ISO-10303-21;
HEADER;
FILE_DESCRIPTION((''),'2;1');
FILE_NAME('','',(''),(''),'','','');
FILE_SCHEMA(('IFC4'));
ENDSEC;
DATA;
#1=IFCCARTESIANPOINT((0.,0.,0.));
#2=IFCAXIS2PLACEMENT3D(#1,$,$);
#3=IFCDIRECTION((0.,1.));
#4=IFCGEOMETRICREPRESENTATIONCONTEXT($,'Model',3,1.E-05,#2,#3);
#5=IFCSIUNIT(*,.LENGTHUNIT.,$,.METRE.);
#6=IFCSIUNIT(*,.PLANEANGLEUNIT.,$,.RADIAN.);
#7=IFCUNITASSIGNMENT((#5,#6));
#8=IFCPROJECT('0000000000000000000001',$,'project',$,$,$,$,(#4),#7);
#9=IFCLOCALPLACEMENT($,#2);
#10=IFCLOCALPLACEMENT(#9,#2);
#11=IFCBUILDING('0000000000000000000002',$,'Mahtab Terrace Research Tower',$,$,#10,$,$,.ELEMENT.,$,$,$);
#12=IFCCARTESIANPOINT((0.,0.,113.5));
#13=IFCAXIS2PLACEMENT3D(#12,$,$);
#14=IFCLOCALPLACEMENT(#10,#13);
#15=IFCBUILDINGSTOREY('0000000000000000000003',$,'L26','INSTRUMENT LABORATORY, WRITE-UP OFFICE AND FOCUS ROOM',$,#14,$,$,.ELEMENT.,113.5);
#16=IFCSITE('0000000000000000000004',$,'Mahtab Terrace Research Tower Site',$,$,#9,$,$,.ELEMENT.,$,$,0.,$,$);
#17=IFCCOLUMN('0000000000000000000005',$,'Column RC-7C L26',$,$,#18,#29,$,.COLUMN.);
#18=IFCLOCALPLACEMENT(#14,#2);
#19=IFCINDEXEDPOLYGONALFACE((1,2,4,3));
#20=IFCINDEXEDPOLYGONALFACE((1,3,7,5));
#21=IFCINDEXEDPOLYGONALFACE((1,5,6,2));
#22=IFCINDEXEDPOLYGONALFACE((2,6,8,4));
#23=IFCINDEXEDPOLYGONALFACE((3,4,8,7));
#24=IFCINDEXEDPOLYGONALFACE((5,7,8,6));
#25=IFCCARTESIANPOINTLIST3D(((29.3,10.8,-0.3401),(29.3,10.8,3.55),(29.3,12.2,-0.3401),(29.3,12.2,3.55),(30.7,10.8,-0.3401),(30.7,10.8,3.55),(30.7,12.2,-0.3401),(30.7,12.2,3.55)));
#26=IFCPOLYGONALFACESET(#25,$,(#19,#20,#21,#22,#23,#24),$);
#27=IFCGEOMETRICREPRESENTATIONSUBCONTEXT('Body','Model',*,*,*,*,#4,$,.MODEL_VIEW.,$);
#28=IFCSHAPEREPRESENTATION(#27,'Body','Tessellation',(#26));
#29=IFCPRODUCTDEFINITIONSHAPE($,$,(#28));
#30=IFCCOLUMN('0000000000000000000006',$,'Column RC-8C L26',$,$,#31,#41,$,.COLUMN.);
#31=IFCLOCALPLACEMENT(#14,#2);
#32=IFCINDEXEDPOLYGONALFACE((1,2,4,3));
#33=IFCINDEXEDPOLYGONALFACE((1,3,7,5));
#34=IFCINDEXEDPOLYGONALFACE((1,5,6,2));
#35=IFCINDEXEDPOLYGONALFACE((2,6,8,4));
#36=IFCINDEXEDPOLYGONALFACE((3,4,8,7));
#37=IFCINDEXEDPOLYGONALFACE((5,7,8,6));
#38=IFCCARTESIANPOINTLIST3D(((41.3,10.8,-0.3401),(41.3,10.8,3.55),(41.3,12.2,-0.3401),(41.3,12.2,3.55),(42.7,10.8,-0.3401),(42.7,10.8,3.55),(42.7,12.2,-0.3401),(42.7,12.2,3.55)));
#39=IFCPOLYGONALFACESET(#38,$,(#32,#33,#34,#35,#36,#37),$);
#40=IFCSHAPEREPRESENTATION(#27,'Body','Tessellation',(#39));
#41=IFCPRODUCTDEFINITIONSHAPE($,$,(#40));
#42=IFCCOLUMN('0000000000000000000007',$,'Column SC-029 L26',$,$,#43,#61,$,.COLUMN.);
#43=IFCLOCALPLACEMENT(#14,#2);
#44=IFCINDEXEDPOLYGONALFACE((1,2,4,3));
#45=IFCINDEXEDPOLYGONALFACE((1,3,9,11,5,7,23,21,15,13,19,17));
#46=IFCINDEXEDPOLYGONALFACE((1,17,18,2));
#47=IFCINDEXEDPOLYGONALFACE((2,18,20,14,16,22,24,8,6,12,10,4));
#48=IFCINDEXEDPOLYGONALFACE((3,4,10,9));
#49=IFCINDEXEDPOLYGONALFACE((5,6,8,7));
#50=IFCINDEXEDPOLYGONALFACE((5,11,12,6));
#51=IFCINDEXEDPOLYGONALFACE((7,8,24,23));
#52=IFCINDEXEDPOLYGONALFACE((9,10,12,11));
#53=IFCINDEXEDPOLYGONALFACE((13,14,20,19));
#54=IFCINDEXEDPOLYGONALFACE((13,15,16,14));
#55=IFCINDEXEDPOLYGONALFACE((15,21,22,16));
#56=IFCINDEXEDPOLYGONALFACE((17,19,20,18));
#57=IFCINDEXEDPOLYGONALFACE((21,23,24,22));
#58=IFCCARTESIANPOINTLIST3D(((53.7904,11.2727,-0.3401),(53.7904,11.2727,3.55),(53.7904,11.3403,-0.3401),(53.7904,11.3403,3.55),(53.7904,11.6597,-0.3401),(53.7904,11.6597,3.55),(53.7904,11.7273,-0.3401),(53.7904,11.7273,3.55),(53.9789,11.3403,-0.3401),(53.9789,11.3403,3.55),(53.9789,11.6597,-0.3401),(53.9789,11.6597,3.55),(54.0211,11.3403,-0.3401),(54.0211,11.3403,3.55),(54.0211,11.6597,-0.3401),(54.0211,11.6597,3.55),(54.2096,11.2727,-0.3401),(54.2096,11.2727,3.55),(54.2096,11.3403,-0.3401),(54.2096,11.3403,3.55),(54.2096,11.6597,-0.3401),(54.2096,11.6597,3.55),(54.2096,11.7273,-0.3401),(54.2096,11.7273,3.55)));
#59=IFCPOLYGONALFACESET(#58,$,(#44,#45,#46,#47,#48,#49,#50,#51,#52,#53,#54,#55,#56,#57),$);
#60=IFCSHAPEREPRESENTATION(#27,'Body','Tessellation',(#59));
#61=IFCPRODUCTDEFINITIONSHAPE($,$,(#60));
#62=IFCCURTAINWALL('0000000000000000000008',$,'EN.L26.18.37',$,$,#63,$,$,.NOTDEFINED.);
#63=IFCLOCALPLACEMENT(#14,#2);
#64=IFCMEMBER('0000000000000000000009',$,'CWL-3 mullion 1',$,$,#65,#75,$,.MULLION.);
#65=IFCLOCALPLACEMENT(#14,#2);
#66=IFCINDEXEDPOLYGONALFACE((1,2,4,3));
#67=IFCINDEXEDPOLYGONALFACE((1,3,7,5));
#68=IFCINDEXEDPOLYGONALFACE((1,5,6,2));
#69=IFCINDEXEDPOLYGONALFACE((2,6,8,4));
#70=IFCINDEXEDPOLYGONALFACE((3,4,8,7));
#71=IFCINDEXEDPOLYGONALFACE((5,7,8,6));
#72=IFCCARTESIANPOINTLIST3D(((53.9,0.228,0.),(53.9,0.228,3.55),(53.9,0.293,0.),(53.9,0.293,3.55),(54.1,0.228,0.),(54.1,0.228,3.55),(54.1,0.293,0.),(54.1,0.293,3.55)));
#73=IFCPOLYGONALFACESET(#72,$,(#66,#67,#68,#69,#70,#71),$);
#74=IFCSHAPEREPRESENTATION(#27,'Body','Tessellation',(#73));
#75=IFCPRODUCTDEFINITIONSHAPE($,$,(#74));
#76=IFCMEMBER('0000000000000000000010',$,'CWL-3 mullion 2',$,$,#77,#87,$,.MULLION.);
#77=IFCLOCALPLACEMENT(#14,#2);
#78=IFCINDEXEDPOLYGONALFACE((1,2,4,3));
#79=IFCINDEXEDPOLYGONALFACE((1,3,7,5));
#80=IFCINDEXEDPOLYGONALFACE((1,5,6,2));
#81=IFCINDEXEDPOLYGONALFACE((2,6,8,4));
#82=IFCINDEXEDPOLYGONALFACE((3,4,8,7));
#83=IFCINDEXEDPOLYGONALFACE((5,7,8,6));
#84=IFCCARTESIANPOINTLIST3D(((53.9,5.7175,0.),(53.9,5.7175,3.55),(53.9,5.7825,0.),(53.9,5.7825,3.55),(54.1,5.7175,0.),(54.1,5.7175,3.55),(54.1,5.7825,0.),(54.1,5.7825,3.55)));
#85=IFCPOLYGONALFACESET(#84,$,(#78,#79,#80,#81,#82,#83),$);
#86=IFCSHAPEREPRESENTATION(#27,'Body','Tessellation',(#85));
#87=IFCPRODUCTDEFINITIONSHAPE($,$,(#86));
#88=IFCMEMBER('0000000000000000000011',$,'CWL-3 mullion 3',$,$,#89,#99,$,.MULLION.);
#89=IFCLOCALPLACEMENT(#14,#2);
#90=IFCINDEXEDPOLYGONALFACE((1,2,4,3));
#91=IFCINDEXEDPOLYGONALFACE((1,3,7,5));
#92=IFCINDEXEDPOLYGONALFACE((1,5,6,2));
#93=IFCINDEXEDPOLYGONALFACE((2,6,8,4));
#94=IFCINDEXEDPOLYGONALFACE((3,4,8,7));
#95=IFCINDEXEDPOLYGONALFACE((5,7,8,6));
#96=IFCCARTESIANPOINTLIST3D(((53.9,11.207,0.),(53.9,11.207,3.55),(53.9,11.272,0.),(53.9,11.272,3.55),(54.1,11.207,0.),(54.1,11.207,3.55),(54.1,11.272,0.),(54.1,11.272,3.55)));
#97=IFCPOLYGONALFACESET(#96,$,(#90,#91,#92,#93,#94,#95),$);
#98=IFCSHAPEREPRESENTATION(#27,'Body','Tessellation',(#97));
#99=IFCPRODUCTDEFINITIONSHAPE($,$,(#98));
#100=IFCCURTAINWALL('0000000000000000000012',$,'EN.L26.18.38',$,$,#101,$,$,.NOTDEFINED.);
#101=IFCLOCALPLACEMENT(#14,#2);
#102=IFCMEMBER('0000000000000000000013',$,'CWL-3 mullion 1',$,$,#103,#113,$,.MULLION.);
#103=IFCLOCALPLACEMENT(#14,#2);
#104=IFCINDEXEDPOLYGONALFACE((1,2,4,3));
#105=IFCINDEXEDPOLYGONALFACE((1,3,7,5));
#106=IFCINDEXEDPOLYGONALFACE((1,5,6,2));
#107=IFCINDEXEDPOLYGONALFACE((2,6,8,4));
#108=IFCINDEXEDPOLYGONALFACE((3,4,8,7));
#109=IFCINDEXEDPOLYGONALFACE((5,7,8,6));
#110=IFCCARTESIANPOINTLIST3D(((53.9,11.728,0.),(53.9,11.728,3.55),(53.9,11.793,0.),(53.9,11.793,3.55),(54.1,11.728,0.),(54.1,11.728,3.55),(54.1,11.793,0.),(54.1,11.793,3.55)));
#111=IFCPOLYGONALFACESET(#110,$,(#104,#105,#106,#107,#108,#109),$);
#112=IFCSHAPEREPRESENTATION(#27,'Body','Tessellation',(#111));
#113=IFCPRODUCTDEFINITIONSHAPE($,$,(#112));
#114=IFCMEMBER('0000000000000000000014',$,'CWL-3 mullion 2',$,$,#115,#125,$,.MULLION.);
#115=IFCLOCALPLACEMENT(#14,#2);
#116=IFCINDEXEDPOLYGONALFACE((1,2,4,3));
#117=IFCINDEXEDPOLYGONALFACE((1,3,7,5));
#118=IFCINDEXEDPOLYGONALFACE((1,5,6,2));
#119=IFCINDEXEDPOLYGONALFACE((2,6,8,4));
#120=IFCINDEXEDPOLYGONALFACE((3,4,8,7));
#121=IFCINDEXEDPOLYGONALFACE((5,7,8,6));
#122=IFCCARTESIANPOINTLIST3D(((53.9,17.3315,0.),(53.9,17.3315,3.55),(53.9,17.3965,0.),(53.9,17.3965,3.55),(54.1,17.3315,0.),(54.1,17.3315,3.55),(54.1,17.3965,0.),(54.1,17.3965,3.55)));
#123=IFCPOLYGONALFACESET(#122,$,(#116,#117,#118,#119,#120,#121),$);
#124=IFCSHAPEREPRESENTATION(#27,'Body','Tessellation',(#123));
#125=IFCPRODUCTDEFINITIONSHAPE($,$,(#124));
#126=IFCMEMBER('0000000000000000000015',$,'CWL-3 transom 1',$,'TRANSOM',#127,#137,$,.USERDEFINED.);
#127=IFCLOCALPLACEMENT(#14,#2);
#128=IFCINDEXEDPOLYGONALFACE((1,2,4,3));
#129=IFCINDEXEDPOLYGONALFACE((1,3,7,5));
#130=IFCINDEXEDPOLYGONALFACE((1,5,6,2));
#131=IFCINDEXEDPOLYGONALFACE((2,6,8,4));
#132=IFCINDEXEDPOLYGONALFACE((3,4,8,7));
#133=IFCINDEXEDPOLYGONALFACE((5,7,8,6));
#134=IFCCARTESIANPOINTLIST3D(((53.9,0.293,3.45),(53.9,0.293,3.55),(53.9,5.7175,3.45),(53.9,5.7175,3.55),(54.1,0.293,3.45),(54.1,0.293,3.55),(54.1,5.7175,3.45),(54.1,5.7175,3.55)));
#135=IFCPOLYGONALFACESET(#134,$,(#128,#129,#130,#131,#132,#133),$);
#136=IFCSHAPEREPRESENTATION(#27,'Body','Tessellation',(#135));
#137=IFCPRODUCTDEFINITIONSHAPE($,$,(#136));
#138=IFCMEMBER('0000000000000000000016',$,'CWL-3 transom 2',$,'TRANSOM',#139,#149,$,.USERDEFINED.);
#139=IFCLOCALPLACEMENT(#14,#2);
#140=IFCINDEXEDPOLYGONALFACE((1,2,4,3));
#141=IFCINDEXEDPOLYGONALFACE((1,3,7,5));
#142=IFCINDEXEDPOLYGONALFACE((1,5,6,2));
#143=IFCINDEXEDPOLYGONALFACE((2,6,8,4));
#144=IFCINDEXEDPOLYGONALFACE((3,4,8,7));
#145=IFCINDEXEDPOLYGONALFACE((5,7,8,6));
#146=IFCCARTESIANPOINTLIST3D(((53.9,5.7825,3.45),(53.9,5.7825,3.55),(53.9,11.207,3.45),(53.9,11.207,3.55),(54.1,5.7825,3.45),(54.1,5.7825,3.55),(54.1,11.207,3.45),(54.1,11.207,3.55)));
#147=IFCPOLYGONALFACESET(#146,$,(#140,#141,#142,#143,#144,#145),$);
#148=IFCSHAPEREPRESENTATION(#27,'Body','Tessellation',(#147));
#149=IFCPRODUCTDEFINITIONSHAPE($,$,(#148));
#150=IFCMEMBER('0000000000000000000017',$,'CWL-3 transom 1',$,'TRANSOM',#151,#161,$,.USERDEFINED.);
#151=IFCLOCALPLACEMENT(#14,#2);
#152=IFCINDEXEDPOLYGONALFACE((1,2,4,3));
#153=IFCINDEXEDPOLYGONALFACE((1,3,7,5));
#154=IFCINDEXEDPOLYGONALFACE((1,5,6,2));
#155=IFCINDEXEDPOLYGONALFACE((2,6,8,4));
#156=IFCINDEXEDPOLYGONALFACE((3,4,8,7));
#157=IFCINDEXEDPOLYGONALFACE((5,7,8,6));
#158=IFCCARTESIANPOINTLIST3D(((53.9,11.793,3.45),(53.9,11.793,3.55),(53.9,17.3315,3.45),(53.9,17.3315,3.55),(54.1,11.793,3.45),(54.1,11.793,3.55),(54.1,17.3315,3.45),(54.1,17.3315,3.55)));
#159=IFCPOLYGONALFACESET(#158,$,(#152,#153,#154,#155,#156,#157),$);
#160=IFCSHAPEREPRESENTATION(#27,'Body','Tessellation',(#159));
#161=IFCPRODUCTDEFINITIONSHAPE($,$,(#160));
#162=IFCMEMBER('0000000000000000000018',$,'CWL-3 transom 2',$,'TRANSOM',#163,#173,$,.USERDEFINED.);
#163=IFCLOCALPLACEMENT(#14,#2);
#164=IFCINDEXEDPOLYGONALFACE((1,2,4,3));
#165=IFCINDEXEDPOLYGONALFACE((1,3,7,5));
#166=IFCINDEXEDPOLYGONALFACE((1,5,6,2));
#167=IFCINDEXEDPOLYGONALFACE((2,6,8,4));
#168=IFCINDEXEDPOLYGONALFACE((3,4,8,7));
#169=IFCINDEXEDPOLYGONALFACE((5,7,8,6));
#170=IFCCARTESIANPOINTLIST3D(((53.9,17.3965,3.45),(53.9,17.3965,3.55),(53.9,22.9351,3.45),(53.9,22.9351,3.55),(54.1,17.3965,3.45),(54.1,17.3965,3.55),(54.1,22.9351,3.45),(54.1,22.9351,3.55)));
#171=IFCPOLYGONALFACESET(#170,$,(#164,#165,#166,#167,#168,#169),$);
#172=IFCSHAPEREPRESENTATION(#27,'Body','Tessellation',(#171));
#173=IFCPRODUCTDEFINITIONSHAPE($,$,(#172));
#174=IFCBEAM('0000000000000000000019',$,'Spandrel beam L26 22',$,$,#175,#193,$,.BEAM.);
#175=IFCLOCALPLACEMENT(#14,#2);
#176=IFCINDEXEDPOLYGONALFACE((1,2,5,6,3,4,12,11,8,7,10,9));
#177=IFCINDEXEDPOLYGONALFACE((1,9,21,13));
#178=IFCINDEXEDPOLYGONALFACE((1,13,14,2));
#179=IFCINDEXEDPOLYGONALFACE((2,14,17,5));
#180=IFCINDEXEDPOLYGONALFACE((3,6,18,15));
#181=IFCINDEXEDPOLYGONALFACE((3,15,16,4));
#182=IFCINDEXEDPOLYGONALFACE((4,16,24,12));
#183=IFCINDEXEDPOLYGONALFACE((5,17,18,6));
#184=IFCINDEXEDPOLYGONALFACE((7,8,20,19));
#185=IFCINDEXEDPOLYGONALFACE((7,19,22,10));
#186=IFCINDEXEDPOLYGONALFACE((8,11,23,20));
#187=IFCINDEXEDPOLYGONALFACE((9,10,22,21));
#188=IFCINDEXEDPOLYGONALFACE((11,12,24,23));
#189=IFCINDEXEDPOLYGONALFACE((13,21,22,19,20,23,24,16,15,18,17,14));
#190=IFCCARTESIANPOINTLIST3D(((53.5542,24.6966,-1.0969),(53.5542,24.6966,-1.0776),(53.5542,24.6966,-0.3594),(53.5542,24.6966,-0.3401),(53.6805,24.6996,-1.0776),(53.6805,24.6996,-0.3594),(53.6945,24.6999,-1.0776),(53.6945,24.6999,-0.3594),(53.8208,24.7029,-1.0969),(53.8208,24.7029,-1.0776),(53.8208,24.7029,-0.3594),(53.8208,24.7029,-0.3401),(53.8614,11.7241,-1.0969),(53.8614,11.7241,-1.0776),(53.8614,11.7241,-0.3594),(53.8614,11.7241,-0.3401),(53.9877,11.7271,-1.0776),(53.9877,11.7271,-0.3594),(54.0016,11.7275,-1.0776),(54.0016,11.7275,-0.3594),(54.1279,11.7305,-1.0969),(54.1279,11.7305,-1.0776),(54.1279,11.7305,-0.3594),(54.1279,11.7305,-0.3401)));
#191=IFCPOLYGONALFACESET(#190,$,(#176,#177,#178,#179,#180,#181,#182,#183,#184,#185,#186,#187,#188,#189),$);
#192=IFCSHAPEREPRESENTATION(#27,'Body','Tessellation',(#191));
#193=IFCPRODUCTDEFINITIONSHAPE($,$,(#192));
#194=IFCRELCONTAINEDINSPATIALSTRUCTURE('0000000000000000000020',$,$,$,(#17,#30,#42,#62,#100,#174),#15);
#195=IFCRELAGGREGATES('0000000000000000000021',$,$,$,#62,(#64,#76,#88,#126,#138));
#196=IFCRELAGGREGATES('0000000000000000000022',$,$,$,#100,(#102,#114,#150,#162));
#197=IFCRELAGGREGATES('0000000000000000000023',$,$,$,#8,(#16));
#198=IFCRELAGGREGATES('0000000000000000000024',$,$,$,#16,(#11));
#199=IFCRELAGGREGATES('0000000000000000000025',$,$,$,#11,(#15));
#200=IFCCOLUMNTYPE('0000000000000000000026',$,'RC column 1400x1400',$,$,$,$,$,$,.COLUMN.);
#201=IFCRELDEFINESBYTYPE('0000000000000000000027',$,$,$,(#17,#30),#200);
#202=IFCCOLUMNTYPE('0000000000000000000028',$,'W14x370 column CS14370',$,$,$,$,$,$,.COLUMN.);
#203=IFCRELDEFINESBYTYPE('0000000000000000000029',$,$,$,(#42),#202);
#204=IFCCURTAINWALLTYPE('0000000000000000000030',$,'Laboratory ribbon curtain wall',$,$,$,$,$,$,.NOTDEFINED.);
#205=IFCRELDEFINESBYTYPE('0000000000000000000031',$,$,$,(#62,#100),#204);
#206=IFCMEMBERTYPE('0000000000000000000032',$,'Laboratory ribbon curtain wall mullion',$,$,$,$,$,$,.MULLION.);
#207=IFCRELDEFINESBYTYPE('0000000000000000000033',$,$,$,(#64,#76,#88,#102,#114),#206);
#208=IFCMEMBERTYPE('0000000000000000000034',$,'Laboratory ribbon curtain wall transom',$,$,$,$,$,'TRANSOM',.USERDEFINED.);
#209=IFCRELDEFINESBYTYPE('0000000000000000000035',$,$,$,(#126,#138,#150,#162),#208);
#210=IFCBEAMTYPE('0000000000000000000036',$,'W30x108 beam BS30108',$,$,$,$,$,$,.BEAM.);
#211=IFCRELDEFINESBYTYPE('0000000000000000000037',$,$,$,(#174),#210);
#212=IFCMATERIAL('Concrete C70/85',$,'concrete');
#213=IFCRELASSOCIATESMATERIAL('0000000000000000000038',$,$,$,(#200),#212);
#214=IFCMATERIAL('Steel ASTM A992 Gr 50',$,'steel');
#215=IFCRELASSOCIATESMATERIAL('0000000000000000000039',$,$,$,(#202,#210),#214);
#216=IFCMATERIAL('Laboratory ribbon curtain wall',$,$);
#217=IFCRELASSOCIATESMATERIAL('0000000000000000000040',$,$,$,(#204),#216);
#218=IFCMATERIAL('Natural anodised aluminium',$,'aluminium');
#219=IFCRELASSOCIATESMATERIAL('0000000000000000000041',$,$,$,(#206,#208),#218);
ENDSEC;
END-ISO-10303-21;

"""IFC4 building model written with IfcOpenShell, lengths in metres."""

from ifc_helpers import new_model, si_unit, direction, frame, origin, origin_2d, place, context, subcontext, project, spatial, rectangle, i_section, extrude, material, material_profile, profile_set, type_object, element, aggregate, save


model = new_model("IFC4")

# Units and contexts
model_context = context("Model", 3, precision=1e-05, world=origin(), true_north=direction((0.0, 1.0)))
body_context = subcontext(model_context, "Body", "Model", "MODEL_VIEW")
ifc_project = project(units=[si_unit("LENGTHUNIT", "METRE"), si_unit("PLANEANGLEUNIT", "RADIAN")], contexts=[model_context])

# Site, building, storey
site_placement = place(None, origin())
site = spatial("IfcSite", under=ifc_project, at=site_placement, Name="Mahtab Terrace Research Tower Site", CompositionType="ELEMENT", RefElevation=0.0)
building_placement = place(site_placement, origin())
building = spatial("IfcBuilding", under=site, at=building_placement, Name="Mahtab Terrace Research Tower", CompositionType="ELEMENT")
storey_placement = place(building_placement, frame((0.0, 0.0, 113.5)))
storey = spatial("IfcBuildingStorey", under=building, at=storey_placement, Name="L26", Description="INSTRUMENT LABORATORY, WRITE-UP OFFICE AND FOCUS ROOM", CompositionType="ELEMENT", Elevation=113.5)

# Columns
ifc_material_1 = material(Name="Concrete C70/85", Category="concrete")
ifc_material_profile_1 = material_profile(ifc_material_1, rectangle(XDim=1.3999, YDim=1.3999, at=origin_2d()), Name="RC column 1400x1400")
ifc_profile_set_1 = profile_set([ifc_material_profile_1], Name="Concrete C70/85")
column_type_1 = type_object("IfcColumnType", Name="RC column 1400x1400", PredefinedType="COLUMN", material=ifc_profile_set_1)
for number, where, z_axis, x_axis, name in (
    (1, (30.0, 11.5, -0.3401), (0.0, 0.0, 1.0), (1.0, 0.0, 0.0), "Column RC-7C L26"),
    (2, (42.0, 11.5, -0.3401), (0.0, 0.0, 1.0), (1.0, 0.0, 0.0), "Column RC-8C L26"),
):
    element("IfcColumn", number, at=place(storey_placement, frame(where, z_axis=z_axis, x_axis=x_axis)), inside=storey, type_object=column_type_1, Name=name, PredefinedType="COLUMN", context=body_context, shape_type="SweptSolid", body=[
        extrude(rectangle(XDim=1.3999, YDim=1.3999, at=origin_2d()), origin(), (0.0, 0.0, 1.0), 3.8901),
    ])
ifc_material_2 = material(Name="Steel ASTM A992 Gr 50", Category="steel")
ifc_material_profile_2 = material_profile(ifc_material_2, i_section(OverallWidth=0.4192, OverallDepth=0.4546, WebThickness=0.0422, FlangeThickness=0.0676, at=origin_2d()), Name="W14X370")
ifc_profile_set_2 = profile_set([ifc_material_profile_2], Name="Steel ASTM A992 Gr 50")
column_type_2 = type_object("IfcColumnType", Name="W14x370 column CS14370", PredefinedType="COLUMN", material=ifc_profile_set_2)
column_placement = place(storey_placement, frame((54.0, 11.5, -0.3401), z_axis=(0.0, 0.0, 1.0), x_axis=(1.0, 0.0, 0.0)))
element("IfcColumn", 3, at=column_placement, inside=storey, type_object=column_type_2, Name="Column SC-029 L26", PredefinedType="COLUMN", context=body_context, shape_type="SweptSolid", body=[
    extrude(i_section(OverallWidth=0.4192, OverallDepth=0.4546, WebThickness=0.0422, FlangeThickness=0.0676, at=origin_2d()), origin(), (0.0, 0.0, 1.0), 3.8901),
])

# Curtain walls, members
ifc_material_3 = material(Name="Laboratory ribbon curtain wall")
curtain_wall_type = type_object("IfcCurtainWallType", Name="Laboratory ribbon curtain wall", PredefinedType="NOTDEFINED", material=ifc_material_3)
curtain_wall_1_placement = place(storey_placement, origin())
curtain_wall_1 = element("IfcCurtainWall", 4, at=curtain_wall_1_placement, inside=storey, type_object=curtain_wall_type, Name="EN.L26.18.37", PredefinedType="NOTDEFINED")
ifc_material_4 = material(Name="Natural anodised aluminium", Category="aluminium")
ifc_material_profile_3 = material_profile(ifc_material_4, rectangle(XDim=0.2, YDim=0.0649, at=origin_2d()), Name="MULLION 65x200")
ifc_profile_set_3 = profile_set([ifc_material_profile_3], Name="Natural anodised aluminium")
member_type_1 = type_object("IfcMemberType", Name="Laboratory ribbon curtain wall mullion", PredefinedType="MULLION", material=ifc_profile_set_3)
member_1_placement = place(storey_placement, frame((54.0, 0.2605, 0.0), z_axis=(0.0, 0.0, 1.0), x_axis=(-1.0, 0.0, 0.0)))
member_1 = element("IfcMember", 5, at=member_1_placement, type_object=member_type_1, Name="CWL-3 mullion 1", PredefinedType="MULLION", context=body_context, shape_type="SweptSolid", body=[
    extrude(rectangle(XDim=0.2, YDim=0.0649, at=origin_2d()), origin(), (0.0, 0.0, 1.0), 3.55),
])
member_2_placement = place(storey_placement, frame((54.0, 5.75, 0.0), z_axis=(0.0, 0.0, 1.0), x_axis=(-1.0, 0.0, 0.0)))
member_2 = element("IfcMember", 6, at=member_2_placement, type_object=member_type_1, Name="CWL-3 mullion 2", PredefinedType="MULLION", context=body_context, shape_type="SweptSolid", body=[
    extrude(rectangle(XDim=0.2, YDim=0.0649, at=origin_2d()), origin(), (0.0, 0.0, 1.0), 3.55),
])
member_3_placement = place(storey_placement, frame((54.0, 11.2395, 0.0), z_axis=(0.0, 0.0, 1.0), x_axis=(-1.0, 0.0, 0.0)))
member_3 = element("IfcMember", 7, at=member_3_placement, type_object=member_type_1, Name="CWL-3 mullion 3", PredefinedType="MULLION", context=body_context, shape_type="SweptSolid", body=[
    extrude(rectangle(XDim=0.2, YDim=0.0649, at=origin_2d()), origin(), (0.0, 0.0, 1.0), 3.55),
])
curtain_wall_2_placement = place(storey_placement, origin())
curtain_wall_2 = element("IfcCurtainWall", 8, at=curtain_wall_2_placement, inside=storey, type_object=curtain_wall_type, Name="EN.L26.18.38", PredefinedType="NOTDEFINED")
member_4_placement = place(storey_placement, frame((54.0, 11.7605, 0.0), z_axis=(0.0, 0.0, 1.0), x_axis=(-1.0, 0.0, 0.0)))
member_4 = element("IfcMember", 9, at=member_4_placement, type_object=member_type_1, Name="CWL-3 mullion 1", PredefinedType="MULLION", context=body_context, shape_type="SweptSolid", body=[
    extrude(rectangle(XDim=0.2, YDim=0.0649, at=origin_2d()), origin(), (0.0, 0.0, 1.0), 3.55),
])
member_5_placement = place(storey_placement, frame((54.0, 17.364, 0.0), z_axis=(0.0, 0.0, 1.0), x_axis=(-1.0, 0.0, 0.0)))
member_5 = element("IfcMember", 10, at=member_5_placement, type_object=member_type_1, Name="CWL-3 mullion 2", PredefinedType="MULLION", context=body_context, shape_type="SweptSolid", body=[
    extrude(rectangle(XDim=0.2, YDim=0.0649, at=origin_2d()), origin(), (0.0, 0.0, 1.0), 3.55),
])

# Members
ifc_material_profile_4 = material_profile(ifc_material_4, rectangle(XDim=0.2, YDim=0.1001, at=origin_2d()), Name="TRANSOM 100x200")
ifc_profile_set_4 = profile_set([ifc_material_profile_4], Name="Natural anodised aluminium")
member_type_2 = type_object("IfcMemberType", Name="Laboratory ribbon curtain wall transom", ElementType="TRANSOM", PredefinedType="USERDEFINED", material=ifc_profile_set_4)
member_6_placement = place(storey_placement, frame((54.0, 0.293, 3.5), z_axis=(0.0, 1.0, 0.0), x_axis=(-1.0, 0.0, 0.0)))
member_6 = element("IfcMember", 11, at=member_6_placement, type_object=member_type_2, Name="CWL-3 transom 1", ObjectType="TRANSOM", PredefinedType="USERDEFINED", context=body_context, shape_type="SweptSolid", body=[
    extrude(rectangle(XDim=0.2, YDim=0.1001, at=origin_2d()), origin(), (0.0, 0.0, 1.0), 5.4246),
])
member_7_placement = place(storey_placement, frame((54.0, 5.7825, 3.5), z_axis=(0.0, 1.0, 0.0), x_axis=(-1.0, 0.0, 0.0)))
member_7 = element("IfcMember", 12, at=member_7_placement, type_object=member_type_2, Name="CWL-3 transom 2", ObjectType="TRANSOM", PredefinedType="USERDEFINED", context=body_context, shape_type="SweptSolid", body=[
    extrude(rectangle(XDim=0.2, YDim=0.1001, at=origin_2d()), origin(), (0.0, 0.0, 1.0), 5.4246),
])
member_8_placement = place(storey_placement, frame((54.0, 11.793, 3.5), z_axis=(0.0, 1.0, 0.0), x_axis=(-1.0, 0.0, 0.0)))
member_8 = element("IfcMember", 13, at=member_8_placement, type_object=member_type_2, Name="CWL-3 transom 1", ObjectType="TRANSOM", PredefinedType="USERDEFINED", context=body_context, shape_type="SweptSolid", body=[
    extrude(rectangle(XDim=0.2, YDim=0.1001, at=origin_2d()), origin(), (0.0, 0.0, 1.0), 5.5386),
])
member_9_placement = place(storey_placement, frame((54.0, 17.3965, 3.5), z_axis=(0.0, 1.0, 0.0), x_axis=(-1.0, 0.0, 0.0)))
member_9 = element("IfcMember", 14, at=member_9_placement, type_object=member_type_2, Name="CWL-3 transom 2", ObjectType="TRANSOM", PredefinedType="USERDEFINED", context=body_context, shape_type="SweptSolid", body=[
    extrude(rectangle(XDim=0.2, YDim=0.1001, at=origin_2d()), origin(), (0.0, 0.0, 1.0), 5.5386),
])

# Beam
ifc_material_profile_5 = material_profile(ifc_material_2, i_section(OverallWidth=0.2666, OverallDepth=0.7568, WebThickness=0.0139, FlangeThickness=0.0193, at=origin_2d()), Name="W30X108")
ifc_profile_set_5 = profile_set([ifc_material_profile_5], Name="Steel ASTM A992 Gr 50")
beam_type = type_object("IfcBeamType", Name="W30x108 beam BS30108", PredefinedType="BEAM", material=ifc_profile_set_5)
beam_placement = place(storey_placement, frame((53.9946, 11.7273, -0.7185), z_axis=(-0.023669, 0.99972, 0.0), x_axis=(-0.99972, -0.023669, 0.0)))
element("IfcBeam", 15, at=beam_placement, inside=storey, type_object=beam_type, Name="Spandrel beam L26 22", PredefinedType="BEAM", context=body_context, shape_type="SweptSolid", body=[
    extrude(i_section(OverallWidth=0.2666, OverallDepth=0.7568, WebThickness=0.0139, FlangeThickness=0.0193, at=origin_2d()), origin(), (0.0, 0.0, 1.0), 12.9761),
])

aggregate(curtain_wall_1, [member_1, member_2, member_3, member_6, member_7])
aggregate(curtain_wall_2, [member_4, member_5, member_8, member_9])

save(model, "model.ifc")
